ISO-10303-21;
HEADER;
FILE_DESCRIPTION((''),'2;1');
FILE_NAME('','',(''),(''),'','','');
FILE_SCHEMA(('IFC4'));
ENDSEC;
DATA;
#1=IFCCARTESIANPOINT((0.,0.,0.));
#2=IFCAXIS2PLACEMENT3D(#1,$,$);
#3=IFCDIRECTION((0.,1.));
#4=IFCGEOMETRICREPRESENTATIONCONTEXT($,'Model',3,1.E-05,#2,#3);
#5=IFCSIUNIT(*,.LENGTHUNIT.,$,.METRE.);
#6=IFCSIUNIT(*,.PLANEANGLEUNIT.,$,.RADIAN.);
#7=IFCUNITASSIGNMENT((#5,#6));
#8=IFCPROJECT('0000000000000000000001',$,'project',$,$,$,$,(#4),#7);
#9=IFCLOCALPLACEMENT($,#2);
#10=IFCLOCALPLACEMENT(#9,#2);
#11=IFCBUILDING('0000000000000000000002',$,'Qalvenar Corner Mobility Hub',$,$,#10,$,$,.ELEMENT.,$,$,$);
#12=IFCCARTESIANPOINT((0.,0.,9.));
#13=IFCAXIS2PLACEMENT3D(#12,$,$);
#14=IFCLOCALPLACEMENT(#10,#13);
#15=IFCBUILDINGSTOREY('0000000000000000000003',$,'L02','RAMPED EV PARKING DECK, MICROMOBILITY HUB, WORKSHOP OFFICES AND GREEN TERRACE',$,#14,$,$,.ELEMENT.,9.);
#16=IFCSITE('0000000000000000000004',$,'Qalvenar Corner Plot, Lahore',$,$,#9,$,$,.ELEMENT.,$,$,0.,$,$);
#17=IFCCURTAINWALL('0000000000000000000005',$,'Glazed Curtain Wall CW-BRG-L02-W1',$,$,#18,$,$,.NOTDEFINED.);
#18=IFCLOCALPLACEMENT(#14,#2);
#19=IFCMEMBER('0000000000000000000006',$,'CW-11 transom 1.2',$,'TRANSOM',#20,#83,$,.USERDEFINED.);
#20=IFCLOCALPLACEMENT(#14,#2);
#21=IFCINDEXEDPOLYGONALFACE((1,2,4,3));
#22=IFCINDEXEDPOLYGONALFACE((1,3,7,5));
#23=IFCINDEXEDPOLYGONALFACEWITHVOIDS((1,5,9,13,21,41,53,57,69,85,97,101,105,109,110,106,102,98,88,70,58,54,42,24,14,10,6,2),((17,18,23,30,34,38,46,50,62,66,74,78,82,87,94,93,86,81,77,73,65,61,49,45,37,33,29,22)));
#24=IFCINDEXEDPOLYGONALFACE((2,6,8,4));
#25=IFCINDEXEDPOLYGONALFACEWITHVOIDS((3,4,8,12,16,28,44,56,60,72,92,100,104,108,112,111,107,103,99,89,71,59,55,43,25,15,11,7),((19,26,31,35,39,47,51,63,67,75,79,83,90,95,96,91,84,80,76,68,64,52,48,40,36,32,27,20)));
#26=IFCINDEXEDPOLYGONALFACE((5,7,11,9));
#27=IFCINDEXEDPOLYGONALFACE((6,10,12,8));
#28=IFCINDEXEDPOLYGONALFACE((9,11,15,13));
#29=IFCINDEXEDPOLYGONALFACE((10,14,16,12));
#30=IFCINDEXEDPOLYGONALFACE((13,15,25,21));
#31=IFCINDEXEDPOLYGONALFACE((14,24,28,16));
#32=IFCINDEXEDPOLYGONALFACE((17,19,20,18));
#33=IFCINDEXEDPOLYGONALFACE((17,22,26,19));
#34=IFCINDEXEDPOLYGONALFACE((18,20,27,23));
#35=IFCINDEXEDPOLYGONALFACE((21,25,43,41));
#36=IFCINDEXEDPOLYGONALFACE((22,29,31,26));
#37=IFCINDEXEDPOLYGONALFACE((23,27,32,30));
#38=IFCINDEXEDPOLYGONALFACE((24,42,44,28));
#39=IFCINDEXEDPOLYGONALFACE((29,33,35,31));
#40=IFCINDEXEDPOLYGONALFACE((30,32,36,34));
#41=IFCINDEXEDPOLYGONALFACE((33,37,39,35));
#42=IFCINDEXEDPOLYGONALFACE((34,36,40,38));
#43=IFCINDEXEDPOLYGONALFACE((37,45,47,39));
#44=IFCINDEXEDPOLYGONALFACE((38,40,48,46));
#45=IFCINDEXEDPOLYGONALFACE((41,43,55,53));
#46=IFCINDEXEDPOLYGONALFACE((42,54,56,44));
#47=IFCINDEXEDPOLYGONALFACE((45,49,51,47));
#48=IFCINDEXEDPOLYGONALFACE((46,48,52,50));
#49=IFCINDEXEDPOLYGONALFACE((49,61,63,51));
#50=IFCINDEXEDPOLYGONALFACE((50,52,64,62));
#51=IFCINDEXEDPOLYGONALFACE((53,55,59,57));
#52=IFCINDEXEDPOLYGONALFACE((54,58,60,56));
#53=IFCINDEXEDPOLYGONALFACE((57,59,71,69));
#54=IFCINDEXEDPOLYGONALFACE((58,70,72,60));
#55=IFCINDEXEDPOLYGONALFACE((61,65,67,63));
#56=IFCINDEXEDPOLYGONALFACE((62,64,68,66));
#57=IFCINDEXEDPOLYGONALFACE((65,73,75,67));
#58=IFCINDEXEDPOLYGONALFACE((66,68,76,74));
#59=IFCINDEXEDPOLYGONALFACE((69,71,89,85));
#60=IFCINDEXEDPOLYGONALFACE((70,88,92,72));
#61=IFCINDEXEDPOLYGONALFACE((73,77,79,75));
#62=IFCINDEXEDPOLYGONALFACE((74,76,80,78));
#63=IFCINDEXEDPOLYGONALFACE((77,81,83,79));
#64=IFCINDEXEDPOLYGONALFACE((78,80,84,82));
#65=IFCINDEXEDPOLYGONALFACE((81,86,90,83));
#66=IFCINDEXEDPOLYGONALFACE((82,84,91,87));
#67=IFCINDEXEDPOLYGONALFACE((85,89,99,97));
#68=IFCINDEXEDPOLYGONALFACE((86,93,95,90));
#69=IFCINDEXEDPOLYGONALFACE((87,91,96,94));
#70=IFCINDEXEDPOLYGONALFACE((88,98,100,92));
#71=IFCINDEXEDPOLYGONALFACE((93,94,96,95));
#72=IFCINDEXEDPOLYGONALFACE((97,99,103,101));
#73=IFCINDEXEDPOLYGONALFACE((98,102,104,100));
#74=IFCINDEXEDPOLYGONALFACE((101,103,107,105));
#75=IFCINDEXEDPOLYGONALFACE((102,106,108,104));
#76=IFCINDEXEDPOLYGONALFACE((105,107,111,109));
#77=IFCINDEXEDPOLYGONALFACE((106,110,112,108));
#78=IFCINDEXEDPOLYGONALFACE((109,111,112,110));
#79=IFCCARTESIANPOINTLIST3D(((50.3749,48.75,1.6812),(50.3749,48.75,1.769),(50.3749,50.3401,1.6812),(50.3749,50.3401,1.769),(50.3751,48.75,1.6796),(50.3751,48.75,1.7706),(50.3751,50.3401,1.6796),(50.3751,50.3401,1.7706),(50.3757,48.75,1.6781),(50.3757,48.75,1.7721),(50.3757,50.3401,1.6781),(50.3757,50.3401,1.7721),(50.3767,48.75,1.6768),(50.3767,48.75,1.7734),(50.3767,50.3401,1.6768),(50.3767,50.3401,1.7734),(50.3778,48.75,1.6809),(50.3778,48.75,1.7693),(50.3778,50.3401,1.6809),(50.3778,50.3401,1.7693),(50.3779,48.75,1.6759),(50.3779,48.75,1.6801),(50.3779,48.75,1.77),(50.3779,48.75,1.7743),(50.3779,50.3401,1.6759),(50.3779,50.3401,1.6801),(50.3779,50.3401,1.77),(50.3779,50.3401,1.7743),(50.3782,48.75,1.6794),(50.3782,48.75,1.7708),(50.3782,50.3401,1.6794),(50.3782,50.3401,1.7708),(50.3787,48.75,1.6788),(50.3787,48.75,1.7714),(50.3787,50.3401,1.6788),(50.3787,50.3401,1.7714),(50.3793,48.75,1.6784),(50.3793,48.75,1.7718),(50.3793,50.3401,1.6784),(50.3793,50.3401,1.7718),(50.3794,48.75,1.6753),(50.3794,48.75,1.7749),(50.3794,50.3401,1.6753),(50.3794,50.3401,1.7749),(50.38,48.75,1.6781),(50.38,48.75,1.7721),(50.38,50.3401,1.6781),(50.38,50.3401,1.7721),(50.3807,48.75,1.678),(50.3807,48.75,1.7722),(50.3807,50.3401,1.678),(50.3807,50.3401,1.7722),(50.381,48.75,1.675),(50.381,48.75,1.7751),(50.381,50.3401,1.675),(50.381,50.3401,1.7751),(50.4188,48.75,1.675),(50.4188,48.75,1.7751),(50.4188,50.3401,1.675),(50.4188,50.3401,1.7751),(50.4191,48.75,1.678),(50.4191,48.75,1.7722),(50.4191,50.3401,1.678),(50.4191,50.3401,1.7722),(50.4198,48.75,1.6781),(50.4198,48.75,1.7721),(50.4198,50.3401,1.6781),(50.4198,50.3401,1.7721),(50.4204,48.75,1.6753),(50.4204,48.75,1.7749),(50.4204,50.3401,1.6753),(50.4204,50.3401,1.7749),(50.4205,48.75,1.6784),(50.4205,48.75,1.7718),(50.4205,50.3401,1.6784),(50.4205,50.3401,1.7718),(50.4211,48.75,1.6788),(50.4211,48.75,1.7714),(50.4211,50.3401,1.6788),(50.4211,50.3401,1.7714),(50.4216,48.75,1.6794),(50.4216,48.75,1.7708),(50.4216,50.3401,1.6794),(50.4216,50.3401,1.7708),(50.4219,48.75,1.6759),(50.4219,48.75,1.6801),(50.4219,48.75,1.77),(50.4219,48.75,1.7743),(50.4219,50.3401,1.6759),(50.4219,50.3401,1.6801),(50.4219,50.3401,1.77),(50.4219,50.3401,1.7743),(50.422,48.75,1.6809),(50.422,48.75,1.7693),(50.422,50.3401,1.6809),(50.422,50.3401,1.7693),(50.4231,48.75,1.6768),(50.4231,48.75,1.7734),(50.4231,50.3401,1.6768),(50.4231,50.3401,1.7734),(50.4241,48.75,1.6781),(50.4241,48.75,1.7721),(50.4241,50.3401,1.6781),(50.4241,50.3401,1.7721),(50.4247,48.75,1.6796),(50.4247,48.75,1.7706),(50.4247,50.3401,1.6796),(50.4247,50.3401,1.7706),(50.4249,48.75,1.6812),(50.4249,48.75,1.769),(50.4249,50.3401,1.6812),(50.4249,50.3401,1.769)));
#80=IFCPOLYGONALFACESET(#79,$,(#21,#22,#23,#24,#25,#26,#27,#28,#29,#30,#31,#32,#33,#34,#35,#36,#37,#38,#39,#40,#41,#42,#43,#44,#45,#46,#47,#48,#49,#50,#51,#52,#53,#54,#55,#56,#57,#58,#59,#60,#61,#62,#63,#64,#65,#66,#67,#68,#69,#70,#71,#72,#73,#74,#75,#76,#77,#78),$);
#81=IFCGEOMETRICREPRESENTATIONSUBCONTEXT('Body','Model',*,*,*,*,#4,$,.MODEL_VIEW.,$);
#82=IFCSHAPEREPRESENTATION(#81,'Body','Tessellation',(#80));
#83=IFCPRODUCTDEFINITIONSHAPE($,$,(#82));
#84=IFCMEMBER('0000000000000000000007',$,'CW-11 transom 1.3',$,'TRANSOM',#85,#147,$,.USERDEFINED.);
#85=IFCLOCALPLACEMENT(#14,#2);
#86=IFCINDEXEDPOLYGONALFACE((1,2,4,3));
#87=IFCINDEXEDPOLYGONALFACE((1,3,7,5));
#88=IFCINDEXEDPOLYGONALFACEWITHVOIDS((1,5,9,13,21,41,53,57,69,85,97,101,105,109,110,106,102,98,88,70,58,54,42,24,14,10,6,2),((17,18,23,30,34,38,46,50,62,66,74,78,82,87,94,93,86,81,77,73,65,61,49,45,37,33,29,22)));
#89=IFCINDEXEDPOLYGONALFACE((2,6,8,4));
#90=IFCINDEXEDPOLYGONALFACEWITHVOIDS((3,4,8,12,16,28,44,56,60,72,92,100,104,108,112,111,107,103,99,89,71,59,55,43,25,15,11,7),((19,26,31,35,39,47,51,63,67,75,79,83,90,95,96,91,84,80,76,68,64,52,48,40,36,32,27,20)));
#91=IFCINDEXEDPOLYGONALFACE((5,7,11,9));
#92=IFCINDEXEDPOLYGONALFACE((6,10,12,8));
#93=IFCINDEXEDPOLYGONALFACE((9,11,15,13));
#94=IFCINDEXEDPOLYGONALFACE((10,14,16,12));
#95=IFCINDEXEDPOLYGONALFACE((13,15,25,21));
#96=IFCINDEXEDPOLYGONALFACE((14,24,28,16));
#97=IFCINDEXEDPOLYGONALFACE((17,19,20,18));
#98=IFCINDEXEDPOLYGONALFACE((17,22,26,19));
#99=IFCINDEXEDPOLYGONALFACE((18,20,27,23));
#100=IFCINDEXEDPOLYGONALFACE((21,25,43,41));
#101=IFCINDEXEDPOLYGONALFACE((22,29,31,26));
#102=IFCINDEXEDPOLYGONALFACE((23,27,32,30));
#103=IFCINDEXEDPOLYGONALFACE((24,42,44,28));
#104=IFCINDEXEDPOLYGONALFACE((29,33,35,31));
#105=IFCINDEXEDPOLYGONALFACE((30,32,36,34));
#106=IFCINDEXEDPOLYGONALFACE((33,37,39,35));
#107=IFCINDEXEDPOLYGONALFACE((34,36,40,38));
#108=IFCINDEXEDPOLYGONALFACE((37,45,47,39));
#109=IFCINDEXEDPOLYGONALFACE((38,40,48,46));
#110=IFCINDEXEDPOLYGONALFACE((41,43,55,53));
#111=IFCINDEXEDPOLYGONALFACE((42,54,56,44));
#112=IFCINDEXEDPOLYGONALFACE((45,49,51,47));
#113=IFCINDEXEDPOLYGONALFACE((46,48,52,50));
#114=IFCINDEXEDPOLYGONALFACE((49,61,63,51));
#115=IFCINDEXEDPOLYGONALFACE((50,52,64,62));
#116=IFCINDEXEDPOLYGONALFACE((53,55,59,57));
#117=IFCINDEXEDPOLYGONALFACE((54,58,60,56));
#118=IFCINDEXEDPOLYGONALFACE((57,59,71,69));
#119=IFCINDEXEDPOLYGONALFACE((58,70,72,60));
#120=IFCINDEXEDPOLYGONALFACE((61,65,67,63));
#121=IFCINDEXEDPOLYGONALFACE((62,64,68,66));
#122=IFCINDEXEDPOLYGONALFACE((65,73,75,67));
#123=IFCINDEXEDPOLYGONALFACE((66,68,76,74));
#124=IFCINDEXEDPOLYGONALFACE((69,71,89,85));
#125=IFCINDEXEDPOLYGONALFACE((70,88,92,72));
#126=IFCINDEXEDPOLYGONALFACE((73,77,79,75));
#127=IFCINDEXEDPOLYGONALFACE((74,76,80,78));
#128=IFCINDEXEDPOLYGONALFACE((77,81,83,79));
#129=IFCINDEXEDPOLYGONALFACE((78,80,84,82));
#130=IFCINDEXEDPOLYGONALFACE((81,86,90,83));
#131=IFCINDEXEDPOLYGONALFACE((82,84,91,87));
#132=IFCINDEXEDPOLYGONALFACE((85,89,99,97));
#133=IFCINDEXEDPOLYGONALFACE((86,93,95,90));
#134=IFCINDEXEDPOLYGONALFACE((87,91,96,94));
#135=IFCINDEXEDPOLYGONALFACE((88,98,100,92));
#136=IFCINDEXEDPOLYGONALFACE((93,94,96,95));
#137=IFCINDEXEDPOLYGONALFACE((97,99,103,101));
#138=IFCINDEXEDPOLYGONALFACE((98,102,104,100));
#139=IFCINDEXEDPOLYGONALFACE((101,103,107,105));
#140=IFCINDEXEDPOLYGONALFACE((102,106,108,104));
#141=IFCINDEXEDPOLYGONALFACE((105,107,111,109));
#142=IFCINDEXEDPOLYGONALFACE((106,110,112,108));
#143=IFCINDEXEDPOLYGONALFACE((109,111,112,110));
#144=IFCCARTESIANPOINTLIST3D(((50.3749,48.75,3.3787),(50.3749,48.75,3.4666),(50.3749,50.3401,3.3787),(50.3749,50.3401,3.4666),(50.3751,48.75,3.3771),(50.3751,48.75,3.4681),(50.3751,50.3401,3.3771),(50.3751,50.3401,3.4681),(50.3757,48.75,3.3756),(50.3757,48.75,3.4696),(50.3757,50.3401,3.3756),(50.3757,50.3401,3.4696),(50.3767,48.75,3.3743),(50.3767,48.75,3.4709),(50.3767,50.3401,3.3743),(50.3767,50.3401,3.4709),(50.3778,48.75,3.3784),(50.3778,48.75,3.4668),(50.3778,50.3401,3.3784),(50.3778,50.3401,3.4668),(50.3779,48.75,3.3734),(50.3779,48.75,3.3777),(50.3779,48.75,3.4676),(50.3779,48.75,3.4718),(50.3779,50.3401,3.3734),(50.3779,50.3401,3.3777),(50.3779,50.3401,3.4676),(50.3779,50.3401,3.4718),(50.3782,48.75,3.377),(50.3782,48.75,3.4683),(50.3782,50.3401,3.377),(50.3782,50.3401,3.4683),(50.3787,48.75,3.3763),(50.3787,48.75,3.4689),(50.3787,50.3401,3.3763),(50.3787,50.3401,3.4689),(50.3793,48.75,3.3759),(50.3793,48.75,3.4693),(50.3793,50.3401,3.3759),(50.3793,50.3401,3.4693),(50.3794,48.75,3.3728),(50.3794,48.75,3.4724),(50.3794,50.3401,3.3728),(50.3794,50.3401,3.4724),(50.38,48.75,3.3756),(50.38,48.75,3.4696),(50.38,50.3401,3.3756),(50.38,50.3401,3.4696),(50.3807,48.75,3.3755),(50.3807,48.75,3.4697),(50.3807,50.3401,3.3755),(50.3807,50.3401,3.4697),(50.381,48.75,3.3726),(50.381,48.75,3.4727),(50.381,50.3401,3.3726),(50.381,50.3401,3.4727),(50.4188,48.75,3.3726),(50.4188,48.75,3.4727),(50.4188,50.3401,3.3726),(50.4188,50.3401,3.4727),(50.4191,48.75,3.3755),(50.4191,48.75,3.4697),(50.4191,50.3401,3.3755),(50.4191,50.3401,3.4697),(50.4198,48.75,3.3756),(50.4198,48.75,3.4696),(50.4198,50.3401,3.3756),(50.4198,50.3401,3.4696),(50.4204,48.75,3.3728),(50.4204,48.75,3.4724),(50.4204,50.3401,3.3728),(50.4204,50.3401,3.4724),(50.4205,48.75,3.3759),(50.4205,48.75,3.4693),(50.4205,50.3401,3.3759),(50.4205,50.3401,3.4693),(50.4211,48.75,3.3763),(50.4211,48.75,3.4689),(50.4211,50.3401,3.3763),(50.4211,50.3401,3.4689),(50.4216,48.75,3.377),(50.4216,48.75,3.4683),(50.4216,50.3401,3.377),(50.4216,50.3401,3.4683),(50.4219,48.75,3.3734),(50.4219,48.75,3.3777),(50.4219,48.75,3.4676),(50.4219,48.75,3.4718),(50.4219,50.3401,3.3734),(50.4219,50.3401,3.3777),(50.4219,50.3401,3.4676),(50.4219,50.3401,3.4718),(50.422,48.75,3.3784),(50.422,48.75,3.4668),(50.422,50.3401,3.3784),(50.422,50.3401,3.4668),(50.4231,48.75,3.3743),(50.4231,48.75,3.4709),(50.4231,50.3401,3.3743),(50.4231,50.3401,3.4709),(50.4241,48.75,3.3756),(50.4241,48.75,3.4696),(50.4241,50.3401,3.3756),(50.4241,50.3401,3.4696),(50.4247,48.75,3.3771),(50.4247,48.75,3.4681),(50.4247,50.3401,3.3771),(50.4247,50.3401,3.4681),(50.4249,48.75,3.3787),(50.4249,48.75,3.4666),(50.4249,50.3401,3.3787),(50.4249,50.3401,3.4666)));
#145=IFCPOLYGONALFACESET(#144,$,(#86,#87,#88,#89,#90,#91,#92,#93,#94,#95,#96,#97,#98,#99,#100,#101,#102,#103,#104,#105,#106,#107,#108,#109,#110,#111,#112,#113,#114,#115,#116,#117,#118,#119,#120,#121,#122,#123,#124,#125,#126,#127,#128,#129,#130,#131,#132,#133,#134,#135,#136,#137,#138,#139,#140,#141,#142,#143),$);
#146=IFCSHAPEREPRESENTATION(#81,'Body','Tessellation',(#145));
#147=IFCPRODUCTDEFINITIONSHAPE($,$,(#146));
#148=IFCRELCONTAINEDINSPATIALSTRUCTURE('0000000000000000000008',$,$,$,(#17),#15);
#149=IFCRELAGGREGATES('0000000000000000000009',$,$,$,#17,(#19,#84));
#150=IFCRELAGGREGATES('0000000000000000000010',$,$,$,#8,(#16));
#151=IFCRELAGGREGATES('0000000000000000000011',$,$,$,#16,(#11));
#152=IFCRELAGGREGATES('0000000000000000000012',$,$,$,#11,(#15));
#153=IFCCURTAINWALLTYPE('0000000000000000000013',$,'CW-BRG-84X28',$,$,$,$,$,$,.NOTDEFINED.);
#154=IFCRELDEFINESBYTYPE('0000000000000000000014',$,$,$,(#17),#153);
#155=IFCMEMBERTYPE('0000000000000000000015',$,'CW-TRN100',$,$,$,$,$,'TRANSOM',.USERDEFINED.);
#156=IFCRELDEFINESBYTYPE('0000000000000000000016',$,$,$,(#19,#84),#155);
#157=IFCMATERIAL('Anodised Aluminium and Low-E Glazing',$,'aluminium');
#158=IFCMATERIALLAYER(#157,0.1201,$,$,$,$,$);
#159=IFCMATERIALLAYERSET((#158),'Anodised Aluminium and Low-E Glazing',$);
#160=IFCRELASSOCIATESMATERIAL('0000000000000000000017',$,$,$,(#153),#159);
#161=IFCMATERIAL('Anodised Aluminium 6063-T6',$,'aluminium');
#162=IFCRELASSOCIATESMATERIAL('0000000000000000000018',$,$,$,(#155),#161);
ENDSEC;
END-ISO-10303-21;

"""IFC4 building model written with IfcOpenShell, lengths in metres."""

from ifc_helpers import new_model, si_unit, direction, frame, origin, origin_2d, place, context, subcontext, project, spatial, hollow_rectangle, extrude, material, layer, layer_set, material_profile, profile_set, type_object, element, aggregate, save


model = new_model("IFC4")

# Units and contexts
model_context = context("Model", 3, precision=1e-05, world=origin(), true_north=direction((0.0, 1.0)))
body_context = subcontext(model_context, "Body", "Model", "MODEL_VIEW")
ifc_project = project(units=[si_unit("LENGTHUNIT", "METRE"), si_unit("PLANEANGLEUNIT", "RADIAN")], contexts=[model_context])

# Site, building, storey
site_placement = place(None, origin())
site = spatial("IfcSite", under=ifc_project, at=site_placement, Name="Qalvenar Corner Plot, Lahore", CompositionType="ELEMENT", RefElevation=0.0)
building_placement = place(site_placement, origin())
building = spatial("IfcBuilding", under=site, at=building_placement, Name="Qalvenar Corner Mobility Hub", CompositionType="ELEMENT")
storey_placement = place(building_placement, frame((0.0, 0.0, 9.0)))
storey = spatial("IfcBuildingStorey", under=building, at=storey_placement, Name="L02", Description="RAMPED EV PARKING DECK, MICROMOBILITY HUB, WORKSHOP OFFICES AND GREEN TERRACE", CompositionType="ELEMENT", Elevation=9.0)

# Curtain wall
ifc_material_1 = material(Name="Anodised Aluminium and Low-E Glazing", Category="aluminium")
ifc_layer_1 = layer(ifc_material_1, 0.1201)
ifc_layer_set_1 = layer_set([ifc_layer_1], Name="Anodised Aluminium and Low-E Glazing")
curtain_wall_type = type_object("IfcCurtainWallType", Name="CW-BRG-84X28", PredefinedType="NOTDEFINED", material=ifc_layer_set_1)
curtain_wall_1_placement = place(storey_placement, origin())
curtain_wall_1 = element("IfcCurtainWall", 1, at=curtain_wall_1_placement, inside=storey, type_object=curtain_wall_type, Name="Glazed Curtain Wall CW-BRG-L02-W1", PredefinedType="NOTDEFINED")
ifc_material_2 = material(Name="Anodised Aluminium 6063-T6", Category="aluminium")

# Members
ifc_material_profile_1 = material_profile(ifc_material_2, hollow_rectangle(XDim=0.05, YDim=0.1001, WallThickness=0.0029, InnerFilletRadius=0.0029, OuterFilletRadius=0.0061, at=origin_2d()), Name="RHS100x50x3")
ifc_profile_set_1 = profile_set([ifc_material_profile_1], Name="Anodised Aluminium 6063-T6")
member_type_1 = type_object("IfcMemberType", Name="CW-TRN100", ElementType="TRANSOM", PredefinedType="USERDEFINED", material=ifc_profile_set_1)
member_1_placement = place(storey_placement, frame((50.3999, 50.3401, 1.7251), z_axis=(0.0, -1.0, 0.0), x_axis=(1.0, 0.0, 0.0)))
member_1 = element("IfcMember", 2, at=member_1_placement, type_object=member_type_1, Name="CW-11 transom 1.2", ObjectType="TRANSOM", PredefinedType="USERDEFINED", context=body_context, shape_type="SweptSolid", body=[
    extrude(hollow_rectangle(XDim=0.05, YDim=0.1001, WallThickness=0.0029, InnerFilletRadius=0.0029, OuterFilletRadius=0.0061, at=origin_2d()), origin(), (0.0, 0.0, 1.0), 1.5901),
])
member_2_placement = place(storey_placement, frame((50.3999, 50.3401, 3.4226), z_axis=(0.0, -1.0, 0.0), x_axis=(1.0, 0.0, 0.0)))
member_2 = element("IfcMember", 3, at=member_2_placement, type_object=member_type_1, Name="CW-11 transom 1.3", ObjectType="TRANSOM", PredefinedType="USERDEFINED", context=body_context, shape_type="SweptSolid", body=[
    extrude(hollow_rectangle(XDim=0.05, YDim=0.1001, WallThickness=0.0029, InnerFilletRadius=0.0029, OuterFilletRadius=0.0061, at=origin_2d()), origin(), (0.0, 0.0, 1.0), 1.5901),
])
aggregate(curtain_wall_1, [member_1, member_2])

save(model, "model.ifc")
